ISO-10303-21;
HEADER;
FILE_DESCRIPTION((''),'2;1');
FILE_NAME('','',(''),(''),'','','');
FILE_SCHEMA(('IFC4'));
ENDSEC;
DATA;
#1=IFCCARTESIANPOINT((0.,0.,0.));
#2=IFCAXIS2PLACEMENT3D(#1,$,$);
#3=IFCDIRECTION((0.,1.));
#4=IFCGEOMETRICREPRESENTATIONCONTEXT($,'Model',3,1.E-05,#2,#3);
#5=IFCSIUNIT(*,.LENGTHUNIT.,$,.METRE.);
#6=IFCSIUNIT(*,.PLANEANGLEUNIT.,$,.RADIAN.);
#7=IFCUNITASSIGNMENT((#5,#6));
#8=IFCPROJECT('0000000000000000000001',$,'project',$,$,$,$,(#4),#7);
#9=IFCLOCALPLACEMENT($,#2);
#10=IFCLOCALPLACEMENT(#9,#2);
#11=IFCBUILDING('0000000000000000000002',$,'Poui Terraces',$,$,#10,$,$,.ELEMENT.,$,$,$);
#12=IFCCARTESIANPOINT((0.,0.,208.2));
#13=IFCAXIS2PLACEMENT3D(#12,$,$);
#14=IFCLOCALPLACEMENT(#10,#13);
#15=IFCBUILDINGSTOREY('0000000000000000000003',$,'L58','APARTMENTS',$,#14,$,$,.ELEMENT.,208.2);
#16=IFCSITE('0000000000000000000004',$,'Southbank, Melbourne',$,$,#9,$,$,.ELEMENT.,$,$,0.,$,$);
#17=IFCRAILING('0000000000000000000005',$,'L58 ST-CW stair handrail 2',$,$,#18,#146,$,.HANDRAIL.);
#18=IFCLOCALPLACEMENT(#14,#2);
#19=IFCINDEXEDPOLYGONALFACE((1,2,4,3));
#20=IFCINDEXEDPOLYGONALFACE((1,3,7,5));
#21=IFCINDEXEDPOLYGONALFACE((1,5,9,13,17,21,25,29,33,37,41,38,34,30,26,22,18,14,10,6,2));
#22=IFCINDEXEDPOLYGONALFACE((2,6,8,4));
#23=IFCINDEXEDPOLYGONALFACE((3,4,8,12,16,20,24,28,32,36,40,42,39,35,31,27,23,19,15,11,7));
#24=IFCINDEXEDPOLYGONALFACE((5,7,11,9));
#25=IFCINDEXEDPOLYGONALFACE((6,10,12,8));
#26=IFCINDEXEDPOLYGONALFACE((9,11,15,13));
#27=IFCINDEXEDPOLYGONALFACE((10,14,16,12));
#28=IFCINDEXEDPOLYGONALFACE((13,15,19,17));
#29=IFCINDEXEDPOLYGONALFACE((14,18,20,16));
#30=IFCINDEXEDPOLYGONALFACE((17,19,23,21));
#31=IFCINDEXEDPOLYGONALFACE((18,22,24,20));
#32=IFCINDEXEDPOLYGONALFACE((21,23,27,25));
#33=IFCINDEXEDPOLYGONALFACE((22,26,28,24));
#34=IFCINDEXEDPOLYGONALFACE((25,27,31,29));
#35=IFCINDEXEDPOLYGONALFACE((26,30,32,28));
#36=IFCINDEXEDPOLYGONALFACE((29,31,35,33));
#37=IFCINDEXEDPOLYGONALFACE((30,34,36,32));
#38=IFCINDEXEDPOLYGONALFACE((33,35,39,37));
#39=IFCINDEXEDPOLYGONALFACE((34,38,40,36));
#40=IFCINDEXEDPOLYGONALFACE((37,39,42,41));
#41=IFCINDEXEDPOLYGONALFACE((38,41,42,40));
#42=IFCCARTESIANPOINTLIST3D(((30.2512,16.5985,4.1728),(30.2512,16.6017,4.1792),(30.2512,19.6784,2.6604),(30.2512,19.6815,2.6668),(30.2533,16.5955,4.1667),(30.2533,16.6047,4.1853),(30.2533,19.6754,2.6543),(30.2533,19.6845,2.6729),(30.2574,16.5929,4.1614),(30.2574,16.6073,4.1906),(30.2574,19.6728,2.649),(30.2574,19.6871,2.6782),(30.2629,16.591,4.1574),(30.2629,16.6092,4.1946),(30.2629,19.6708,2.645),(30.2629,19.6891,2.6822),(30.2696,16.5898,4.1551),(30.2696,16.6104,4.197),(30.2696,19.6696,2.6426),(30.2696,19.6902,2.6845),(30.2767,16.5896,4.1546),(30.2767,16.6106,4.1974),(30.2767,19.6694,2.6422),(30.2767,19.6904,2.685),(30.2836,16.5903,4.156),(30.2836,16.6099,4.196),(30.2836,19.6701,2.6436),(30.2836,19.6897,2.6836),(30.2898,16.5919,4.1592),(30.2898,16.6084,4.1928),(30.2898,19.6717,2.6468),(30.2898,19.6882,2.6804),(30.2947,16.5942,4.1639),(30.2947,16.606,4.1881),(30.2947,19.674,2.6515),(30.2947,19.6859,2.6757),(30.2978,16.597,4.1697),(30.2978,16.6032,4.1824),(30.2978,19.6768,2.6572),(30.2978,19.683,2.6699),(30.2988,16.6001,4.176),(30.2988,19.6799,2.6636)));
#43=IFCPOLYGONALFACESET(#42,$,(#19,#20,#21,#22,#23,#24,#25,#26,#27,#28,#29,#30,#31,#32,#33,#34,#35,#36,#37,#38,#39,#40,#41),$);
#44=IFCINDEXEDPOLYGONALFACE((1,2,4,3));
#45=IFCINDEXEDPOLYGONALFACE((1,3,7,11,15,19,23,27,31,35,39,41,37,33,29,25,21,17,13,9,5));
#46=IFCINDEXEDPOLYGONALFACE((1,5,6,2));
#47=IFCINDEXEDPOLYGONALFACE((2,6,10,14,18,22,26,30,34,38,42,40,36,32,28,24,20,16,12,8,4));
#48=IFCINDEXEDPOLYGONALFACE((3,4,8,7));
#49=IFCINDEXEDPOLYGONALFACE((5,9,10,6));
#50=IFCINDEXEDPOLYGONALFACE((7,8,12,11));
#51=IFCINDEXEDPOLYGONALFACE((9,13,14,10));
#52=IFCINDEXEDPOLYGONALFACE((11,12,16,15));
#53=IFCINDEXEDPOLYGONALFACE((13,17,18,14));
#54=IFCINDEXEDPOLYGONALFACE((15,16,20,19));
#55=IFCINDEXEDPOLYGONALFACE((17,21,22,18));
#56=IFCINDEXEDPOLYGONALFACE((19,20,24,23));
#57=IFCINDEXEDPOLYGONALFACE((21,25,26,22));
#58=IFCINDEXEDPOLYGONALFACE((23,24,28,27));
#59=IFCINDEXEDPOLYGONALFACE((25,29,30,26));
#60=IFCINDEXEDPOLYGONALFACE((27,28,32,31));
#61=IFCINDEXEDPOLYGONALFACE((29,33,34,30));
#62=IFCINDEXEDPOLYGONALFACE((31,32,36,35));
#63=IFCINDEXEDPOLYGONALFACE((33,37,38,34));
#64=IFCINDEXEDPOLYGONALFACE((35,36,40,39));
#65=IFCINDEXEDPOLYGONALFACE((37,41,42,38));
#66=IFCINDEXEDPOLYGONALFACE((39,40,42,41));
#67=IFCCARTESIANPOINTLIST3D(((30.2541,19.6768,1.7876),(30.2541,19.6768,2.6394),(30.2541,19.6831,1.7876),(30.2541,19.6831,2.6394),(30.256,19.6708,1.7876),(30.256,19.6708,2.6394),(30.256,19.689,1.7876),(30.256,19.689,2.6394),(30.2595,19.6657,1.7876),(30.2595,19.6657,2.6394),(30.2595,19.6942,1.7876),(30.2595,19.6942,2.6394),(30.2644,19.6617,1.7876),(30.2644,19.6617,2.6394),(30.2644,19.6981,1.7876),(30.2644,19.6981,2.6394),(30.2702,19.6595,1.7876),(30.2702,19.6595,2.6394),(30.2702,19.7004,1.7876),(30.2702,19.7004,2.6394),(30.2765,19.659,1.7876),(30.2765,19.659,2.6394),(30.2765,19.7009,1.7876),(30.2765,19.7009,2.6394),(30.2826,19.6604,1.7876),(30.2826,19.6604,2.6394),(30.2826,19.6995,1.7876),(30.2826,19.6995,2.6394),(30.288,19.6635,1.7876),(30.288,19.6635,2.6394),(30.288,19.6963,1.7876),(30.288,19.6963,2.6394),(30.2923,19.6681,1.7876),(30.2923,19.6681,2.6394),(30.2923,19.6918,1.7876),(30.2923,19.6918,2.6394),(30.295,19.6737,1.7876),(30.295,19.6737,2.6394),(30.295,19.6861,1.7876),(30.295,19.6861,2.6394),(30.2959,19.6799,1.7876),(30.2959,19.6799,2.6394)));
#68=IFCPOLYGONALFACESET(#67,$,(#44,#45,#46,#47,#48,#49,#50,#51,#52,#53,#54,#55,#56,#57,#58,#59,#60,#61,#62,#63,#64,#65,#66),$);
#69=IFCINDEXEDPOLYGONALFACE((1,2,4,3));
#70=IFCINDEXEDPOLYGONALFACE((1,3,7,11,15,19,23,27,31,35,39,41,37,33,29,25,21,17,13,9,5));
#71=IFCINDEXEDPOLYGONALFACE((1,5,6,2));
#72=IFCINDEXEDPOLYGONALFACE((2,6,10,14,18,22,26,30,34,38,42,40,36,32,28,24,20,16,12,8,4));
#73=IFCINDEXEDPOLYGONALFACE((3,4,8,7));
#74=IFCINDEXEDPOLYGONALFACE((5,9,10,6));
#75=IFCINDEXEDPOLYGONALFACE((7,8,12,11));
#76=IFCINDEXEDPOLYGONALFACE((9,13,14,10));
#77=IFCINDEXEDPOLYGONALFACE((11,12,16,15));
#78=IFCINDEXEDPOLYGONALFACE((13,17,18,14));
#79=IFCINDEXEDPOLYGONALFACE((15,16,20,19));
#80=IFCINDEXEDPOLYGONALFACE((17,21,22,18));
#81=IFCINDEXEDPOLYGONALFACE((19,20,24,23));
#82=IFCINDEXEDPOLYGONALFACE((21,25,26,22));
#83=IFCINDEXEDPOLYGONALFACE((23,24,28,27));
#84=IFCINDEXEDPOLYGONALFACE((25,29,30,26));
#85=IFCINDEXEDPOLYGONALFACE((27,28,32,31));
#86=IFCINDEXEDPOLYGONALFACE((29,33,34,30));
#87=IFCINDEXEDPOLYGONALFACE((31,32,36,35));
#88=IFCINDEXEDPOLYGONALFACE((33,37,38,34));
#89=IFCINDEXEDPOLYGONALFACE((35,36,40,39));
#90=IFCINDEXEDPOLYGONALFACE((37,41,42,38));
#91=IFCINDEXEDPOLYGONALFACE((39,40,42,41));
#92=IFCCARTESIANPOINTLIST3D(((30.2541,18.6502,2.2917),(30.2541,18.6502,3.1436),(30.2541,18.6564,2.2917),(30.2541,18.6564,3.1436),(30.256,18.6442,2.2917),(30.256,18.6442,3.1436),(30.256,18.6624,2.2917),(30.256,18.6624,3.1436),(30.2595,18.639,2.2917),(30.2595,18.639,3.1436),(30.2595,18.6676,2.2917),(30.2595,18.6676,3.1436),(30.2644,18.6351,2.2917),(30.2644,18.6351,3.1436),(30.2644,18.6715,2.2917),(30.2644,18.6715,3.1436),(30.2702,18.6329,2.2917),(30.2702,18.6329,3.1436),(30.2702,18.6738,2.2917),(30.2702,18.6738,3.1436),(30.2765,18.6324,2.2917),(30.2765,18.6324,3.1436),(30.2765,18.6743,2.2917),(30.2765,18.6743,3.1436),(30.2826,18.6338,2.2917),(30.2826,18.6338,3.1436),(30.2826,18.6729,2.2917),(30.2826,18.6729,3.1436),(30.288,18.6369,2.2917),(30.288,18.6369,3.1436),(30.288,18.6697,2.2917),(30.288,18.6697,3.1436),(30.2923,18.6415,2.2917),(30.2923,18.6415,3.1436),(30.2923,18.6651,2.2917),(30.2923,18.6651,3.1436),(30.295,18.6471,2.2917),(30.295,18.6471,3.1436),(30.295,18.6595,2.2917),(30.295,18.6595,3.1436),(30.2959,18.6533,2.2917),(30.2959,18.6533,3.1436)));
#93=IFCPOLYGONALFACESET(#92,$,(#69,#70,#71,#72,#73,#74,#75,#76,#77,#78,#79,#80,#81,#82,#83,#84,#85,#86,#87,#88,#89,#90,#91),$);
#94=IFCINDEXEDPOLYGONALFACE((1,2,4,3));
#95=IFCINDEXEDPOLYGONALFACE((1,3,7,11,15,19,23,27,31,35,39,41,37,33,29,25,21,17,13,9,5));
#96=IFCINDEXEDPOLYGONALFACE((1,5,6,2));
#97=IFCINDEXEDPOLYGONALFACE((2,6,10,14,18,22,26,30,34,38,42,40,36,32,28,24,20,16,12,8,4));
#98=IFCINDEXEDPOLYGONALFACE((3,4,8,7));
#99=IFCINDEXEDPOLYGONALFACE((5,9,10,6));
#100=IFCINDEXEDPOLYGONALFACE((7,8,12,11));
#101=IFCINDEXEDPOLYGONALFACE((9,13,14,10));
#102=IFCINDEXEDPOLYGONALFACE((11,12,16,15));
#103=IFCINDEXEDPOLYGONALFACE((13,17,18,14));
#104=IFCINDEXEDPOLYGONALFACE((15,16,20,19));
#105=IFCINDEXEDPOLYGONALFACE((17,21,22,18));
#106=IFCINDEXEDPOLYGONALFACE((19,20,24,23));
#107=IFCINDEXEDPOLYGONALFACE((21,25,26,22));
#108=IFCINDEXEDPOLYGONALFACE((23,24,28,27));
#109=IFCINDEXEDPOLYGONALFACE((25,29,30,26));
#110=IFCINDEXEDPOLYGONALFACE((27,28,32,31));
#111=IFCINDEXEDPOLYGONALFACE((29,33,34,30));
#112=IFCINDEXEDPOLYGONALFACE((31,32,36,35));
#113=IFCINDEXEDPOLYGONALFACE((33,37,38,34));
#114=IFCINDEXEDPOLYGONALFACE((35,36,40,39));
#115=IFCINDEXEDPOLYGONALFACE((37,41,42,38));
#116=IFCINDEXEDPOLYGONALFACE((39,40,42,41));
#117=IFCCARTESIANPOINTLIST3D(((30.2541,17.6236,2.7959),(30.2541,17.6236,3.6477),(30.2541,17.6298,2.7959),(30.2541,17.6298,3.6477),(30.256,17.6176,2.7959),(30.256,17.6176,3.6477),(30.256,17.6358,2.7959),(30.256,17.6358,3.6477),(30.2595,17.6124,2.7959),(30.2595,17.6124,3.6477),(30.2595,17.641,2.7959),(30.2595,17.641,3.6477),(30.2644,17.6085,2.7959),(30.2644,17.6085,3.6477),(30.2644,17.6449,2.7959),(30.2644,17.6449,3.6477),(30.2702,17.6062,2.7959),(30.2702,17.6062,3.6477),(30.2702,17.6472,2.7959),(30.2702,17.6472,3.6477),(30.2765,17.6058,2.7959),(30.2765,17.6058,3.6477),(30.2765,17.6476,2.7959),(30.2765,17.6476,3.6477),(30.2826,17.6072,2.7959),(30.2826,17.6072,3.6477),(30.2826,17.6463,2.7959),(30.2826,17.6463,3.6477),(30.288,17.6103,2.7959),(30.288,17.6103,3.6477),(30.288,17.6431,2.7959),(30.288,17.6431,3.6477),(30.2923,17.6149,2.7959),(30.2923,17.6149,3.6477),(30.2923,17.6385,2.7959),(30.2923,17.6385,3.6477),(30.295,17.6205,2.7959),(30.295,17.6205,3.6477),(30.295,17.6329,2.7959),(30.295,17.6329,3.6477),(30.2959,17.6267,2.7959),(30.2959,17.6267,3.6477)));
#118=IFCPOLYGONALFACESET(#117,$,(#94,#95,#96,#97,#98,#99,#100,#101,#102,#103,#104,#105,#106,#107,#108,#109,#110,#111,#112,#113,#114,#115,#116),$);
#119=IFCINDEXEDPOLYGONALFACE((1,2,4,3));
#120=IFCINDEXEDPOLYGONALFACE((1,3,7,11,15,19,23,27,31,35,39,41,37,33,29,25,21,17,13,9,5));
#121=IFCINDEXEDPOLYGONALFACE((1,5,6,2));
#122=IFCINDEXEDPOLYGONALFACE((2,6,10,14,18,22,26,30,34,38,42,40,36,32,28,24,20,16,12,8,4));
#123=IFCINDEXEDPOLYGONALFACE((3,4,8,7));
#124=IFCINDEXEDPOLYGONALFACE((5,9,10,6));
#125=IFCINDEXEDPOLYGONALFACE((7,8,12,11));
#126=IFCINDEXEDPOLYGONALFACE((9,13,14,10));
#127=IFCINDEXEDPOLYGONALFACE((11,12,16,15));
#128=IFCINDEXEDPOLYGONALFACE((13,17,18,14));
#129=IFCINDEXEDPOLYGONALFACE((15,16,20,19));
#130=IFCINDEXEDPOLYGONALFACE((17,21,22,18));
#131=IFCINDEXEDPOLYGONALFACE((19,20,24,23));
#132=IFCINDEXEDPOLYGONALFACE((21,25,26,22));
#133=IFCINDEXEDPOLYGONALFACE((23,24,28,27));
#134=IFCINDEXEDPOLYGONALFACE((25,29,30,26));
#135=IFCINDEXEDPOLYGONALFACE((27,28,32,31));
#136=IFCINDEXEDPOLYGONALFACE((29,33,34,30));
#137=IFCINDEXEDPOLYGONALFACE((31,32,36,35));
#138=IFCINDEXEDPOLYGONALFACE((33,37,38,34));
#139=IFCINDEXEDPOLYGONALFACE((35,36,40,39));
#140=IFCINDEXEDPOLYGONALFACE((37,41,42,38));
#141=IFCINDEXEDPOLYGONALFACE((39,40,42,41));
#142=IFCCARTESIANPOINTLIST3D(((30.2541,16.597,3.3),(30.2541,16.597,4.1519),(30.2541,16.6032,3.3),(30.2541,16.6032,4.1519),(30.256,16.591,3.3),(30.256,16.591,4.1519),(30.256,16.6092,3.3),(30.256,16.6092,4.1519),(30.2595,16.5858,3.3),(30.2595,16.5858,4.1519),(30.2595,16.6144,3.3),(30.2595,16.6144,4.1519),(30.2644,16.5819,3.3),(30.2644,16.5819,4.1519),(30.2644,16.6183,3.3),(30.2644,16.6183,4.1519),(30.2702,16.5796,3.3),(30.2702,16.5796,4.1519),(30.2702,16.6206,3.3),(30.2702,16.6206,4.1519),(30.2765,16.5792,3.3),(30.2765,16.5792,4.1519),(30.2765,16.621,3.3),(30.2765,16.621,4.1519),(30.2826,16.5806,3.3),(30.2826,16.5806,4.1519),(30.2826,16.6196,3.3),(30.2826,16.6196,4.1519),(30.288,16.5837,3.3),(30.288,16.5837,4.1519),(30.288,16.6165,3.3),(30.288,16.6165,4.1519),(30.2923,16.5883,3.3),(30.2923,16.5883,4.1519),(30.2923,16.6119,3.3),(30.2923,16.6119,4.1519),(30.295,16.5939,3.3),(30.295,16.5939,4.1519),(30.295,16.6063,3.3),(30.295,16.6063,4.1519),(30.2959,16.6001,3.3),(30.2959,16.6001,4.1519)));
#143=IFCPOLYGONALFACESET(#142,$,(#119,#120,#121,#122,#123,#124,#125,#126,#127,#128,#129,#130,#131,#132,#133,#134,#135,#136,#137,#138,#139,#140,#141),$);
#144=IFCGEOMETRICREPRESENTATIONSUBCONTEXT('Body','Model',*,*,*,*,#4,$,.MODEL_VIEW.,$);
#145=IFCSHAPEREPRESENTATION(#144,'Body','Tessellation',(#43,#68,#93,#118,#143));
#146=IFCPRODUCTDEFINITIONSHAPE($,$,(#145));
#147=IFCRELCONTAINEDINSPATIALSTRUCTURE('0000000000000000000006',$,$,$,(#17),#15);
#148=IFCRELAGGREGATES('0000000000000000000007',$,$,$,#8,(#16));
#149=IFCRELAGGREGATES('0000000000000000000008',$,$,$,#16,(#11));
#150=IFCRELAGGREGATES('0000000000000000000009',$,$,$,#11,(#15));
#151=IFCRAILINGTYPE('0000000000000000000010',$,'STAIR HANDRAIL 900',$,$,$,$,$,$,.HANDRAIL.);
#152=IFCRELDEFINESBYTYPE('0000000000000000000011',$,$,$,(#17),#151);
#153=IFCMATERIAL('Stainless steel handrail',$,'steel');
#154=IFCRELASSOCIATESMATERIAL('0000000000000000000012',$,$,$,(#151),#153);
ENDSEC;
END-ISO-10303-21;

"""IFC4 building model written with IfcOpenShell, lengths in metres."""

from ifc_helpers import new_model, si_unit, direction, frame, origin, origin_2d, place, context, subcontext, project, spatial, circle, extrude, material, type_object, element, save


model = new_model("IFC4")

# Units and contexts
model_context = context("Model", 3, precision=1e-05, world=origin(), true_north=direction((0.0, 1.0)))
body_context = subcontext(model_context, "Body", "Model", "MODEL_VIEW")
ifc_project = project(units=[si_unit("LENGTHUNIT", "METRE"), si_unit("PLANEANGLEUNIT", "RADIAN")], contexts=[model_context])

# Site, building, storey
site_placement = place(None, origin())
site = spatial("IfcSite", under=ifc_project, at=site_placement, Name="Southbank, Melbourne", CompositionType="ELEMENT", RefElevation=0.0)
building_placement = place(site_placement, origin())
building = spatial("IfcBuilding", under=site, at=building_placement, Name="Poui Terraces", CompositionType="ELEMENT")
storey_placement = place(building_placement, frame((0.0, 0.0, 208.2)))
storey = spatial("IfcBuildingStorey", under=building, at=storey_placement, Name="L58", Description="APARTMENTS", CompositionType="ELEMENT", Elevation=208.2)

# Railing
ifc_material_1 = material(Name="Stainless steel handrail", Category="steel")
railing_type_1 = type_object("IfcRailingType", Name="STAIR HANDRAIL 900", PredefinedType="HANDRAIL", material=ifc_material_1)
railing_1_placement = place(storey_placement, frame((30.2749, 19.6799, 1.7876)))
element("IfcRailing", 1, at=railing_1_placement, inside=storey, type_object=railing_type_1, Name="L58 ST-CW stair handrail 2", PredefinedType="HANDRAIL", context=body_context, shape_type="SweptSolid", body=[
    extrude(circle(Radius=0.0239, at=origin_2d()), frame((0.0, 0.0, 0.876), z_axis=(0.0, -0.897606, 0.440798), x_axis=(1.0, 0.0, 0.0)), (0.0, 0.0, 1.0), 3.4312),
    extrude(circle(Radius=0.021, at=origin_2d()), origin(), (0.0, 0.0, 1.0), 0.8518),
    extrude(circle(Radius=0.021, at=origin_2d()), frame((0.0, -1.0266, 0.5042)), (0.0, 0.0, 1.0), 0.8518),
    extrude(circle(Radius=0.021, at=origin_2d()), frame((0.0, -2.0532, 1.0083)), (0.0, 0.0, 1.0), 0.8518),
    extrude(circle(Radius=0.021, at=origin_2d()), frame((0.0, -3.0798, 1.5125)), (0.0, 0.0, 1.0), 0.8518),
])

save(model, "model.ifc")
